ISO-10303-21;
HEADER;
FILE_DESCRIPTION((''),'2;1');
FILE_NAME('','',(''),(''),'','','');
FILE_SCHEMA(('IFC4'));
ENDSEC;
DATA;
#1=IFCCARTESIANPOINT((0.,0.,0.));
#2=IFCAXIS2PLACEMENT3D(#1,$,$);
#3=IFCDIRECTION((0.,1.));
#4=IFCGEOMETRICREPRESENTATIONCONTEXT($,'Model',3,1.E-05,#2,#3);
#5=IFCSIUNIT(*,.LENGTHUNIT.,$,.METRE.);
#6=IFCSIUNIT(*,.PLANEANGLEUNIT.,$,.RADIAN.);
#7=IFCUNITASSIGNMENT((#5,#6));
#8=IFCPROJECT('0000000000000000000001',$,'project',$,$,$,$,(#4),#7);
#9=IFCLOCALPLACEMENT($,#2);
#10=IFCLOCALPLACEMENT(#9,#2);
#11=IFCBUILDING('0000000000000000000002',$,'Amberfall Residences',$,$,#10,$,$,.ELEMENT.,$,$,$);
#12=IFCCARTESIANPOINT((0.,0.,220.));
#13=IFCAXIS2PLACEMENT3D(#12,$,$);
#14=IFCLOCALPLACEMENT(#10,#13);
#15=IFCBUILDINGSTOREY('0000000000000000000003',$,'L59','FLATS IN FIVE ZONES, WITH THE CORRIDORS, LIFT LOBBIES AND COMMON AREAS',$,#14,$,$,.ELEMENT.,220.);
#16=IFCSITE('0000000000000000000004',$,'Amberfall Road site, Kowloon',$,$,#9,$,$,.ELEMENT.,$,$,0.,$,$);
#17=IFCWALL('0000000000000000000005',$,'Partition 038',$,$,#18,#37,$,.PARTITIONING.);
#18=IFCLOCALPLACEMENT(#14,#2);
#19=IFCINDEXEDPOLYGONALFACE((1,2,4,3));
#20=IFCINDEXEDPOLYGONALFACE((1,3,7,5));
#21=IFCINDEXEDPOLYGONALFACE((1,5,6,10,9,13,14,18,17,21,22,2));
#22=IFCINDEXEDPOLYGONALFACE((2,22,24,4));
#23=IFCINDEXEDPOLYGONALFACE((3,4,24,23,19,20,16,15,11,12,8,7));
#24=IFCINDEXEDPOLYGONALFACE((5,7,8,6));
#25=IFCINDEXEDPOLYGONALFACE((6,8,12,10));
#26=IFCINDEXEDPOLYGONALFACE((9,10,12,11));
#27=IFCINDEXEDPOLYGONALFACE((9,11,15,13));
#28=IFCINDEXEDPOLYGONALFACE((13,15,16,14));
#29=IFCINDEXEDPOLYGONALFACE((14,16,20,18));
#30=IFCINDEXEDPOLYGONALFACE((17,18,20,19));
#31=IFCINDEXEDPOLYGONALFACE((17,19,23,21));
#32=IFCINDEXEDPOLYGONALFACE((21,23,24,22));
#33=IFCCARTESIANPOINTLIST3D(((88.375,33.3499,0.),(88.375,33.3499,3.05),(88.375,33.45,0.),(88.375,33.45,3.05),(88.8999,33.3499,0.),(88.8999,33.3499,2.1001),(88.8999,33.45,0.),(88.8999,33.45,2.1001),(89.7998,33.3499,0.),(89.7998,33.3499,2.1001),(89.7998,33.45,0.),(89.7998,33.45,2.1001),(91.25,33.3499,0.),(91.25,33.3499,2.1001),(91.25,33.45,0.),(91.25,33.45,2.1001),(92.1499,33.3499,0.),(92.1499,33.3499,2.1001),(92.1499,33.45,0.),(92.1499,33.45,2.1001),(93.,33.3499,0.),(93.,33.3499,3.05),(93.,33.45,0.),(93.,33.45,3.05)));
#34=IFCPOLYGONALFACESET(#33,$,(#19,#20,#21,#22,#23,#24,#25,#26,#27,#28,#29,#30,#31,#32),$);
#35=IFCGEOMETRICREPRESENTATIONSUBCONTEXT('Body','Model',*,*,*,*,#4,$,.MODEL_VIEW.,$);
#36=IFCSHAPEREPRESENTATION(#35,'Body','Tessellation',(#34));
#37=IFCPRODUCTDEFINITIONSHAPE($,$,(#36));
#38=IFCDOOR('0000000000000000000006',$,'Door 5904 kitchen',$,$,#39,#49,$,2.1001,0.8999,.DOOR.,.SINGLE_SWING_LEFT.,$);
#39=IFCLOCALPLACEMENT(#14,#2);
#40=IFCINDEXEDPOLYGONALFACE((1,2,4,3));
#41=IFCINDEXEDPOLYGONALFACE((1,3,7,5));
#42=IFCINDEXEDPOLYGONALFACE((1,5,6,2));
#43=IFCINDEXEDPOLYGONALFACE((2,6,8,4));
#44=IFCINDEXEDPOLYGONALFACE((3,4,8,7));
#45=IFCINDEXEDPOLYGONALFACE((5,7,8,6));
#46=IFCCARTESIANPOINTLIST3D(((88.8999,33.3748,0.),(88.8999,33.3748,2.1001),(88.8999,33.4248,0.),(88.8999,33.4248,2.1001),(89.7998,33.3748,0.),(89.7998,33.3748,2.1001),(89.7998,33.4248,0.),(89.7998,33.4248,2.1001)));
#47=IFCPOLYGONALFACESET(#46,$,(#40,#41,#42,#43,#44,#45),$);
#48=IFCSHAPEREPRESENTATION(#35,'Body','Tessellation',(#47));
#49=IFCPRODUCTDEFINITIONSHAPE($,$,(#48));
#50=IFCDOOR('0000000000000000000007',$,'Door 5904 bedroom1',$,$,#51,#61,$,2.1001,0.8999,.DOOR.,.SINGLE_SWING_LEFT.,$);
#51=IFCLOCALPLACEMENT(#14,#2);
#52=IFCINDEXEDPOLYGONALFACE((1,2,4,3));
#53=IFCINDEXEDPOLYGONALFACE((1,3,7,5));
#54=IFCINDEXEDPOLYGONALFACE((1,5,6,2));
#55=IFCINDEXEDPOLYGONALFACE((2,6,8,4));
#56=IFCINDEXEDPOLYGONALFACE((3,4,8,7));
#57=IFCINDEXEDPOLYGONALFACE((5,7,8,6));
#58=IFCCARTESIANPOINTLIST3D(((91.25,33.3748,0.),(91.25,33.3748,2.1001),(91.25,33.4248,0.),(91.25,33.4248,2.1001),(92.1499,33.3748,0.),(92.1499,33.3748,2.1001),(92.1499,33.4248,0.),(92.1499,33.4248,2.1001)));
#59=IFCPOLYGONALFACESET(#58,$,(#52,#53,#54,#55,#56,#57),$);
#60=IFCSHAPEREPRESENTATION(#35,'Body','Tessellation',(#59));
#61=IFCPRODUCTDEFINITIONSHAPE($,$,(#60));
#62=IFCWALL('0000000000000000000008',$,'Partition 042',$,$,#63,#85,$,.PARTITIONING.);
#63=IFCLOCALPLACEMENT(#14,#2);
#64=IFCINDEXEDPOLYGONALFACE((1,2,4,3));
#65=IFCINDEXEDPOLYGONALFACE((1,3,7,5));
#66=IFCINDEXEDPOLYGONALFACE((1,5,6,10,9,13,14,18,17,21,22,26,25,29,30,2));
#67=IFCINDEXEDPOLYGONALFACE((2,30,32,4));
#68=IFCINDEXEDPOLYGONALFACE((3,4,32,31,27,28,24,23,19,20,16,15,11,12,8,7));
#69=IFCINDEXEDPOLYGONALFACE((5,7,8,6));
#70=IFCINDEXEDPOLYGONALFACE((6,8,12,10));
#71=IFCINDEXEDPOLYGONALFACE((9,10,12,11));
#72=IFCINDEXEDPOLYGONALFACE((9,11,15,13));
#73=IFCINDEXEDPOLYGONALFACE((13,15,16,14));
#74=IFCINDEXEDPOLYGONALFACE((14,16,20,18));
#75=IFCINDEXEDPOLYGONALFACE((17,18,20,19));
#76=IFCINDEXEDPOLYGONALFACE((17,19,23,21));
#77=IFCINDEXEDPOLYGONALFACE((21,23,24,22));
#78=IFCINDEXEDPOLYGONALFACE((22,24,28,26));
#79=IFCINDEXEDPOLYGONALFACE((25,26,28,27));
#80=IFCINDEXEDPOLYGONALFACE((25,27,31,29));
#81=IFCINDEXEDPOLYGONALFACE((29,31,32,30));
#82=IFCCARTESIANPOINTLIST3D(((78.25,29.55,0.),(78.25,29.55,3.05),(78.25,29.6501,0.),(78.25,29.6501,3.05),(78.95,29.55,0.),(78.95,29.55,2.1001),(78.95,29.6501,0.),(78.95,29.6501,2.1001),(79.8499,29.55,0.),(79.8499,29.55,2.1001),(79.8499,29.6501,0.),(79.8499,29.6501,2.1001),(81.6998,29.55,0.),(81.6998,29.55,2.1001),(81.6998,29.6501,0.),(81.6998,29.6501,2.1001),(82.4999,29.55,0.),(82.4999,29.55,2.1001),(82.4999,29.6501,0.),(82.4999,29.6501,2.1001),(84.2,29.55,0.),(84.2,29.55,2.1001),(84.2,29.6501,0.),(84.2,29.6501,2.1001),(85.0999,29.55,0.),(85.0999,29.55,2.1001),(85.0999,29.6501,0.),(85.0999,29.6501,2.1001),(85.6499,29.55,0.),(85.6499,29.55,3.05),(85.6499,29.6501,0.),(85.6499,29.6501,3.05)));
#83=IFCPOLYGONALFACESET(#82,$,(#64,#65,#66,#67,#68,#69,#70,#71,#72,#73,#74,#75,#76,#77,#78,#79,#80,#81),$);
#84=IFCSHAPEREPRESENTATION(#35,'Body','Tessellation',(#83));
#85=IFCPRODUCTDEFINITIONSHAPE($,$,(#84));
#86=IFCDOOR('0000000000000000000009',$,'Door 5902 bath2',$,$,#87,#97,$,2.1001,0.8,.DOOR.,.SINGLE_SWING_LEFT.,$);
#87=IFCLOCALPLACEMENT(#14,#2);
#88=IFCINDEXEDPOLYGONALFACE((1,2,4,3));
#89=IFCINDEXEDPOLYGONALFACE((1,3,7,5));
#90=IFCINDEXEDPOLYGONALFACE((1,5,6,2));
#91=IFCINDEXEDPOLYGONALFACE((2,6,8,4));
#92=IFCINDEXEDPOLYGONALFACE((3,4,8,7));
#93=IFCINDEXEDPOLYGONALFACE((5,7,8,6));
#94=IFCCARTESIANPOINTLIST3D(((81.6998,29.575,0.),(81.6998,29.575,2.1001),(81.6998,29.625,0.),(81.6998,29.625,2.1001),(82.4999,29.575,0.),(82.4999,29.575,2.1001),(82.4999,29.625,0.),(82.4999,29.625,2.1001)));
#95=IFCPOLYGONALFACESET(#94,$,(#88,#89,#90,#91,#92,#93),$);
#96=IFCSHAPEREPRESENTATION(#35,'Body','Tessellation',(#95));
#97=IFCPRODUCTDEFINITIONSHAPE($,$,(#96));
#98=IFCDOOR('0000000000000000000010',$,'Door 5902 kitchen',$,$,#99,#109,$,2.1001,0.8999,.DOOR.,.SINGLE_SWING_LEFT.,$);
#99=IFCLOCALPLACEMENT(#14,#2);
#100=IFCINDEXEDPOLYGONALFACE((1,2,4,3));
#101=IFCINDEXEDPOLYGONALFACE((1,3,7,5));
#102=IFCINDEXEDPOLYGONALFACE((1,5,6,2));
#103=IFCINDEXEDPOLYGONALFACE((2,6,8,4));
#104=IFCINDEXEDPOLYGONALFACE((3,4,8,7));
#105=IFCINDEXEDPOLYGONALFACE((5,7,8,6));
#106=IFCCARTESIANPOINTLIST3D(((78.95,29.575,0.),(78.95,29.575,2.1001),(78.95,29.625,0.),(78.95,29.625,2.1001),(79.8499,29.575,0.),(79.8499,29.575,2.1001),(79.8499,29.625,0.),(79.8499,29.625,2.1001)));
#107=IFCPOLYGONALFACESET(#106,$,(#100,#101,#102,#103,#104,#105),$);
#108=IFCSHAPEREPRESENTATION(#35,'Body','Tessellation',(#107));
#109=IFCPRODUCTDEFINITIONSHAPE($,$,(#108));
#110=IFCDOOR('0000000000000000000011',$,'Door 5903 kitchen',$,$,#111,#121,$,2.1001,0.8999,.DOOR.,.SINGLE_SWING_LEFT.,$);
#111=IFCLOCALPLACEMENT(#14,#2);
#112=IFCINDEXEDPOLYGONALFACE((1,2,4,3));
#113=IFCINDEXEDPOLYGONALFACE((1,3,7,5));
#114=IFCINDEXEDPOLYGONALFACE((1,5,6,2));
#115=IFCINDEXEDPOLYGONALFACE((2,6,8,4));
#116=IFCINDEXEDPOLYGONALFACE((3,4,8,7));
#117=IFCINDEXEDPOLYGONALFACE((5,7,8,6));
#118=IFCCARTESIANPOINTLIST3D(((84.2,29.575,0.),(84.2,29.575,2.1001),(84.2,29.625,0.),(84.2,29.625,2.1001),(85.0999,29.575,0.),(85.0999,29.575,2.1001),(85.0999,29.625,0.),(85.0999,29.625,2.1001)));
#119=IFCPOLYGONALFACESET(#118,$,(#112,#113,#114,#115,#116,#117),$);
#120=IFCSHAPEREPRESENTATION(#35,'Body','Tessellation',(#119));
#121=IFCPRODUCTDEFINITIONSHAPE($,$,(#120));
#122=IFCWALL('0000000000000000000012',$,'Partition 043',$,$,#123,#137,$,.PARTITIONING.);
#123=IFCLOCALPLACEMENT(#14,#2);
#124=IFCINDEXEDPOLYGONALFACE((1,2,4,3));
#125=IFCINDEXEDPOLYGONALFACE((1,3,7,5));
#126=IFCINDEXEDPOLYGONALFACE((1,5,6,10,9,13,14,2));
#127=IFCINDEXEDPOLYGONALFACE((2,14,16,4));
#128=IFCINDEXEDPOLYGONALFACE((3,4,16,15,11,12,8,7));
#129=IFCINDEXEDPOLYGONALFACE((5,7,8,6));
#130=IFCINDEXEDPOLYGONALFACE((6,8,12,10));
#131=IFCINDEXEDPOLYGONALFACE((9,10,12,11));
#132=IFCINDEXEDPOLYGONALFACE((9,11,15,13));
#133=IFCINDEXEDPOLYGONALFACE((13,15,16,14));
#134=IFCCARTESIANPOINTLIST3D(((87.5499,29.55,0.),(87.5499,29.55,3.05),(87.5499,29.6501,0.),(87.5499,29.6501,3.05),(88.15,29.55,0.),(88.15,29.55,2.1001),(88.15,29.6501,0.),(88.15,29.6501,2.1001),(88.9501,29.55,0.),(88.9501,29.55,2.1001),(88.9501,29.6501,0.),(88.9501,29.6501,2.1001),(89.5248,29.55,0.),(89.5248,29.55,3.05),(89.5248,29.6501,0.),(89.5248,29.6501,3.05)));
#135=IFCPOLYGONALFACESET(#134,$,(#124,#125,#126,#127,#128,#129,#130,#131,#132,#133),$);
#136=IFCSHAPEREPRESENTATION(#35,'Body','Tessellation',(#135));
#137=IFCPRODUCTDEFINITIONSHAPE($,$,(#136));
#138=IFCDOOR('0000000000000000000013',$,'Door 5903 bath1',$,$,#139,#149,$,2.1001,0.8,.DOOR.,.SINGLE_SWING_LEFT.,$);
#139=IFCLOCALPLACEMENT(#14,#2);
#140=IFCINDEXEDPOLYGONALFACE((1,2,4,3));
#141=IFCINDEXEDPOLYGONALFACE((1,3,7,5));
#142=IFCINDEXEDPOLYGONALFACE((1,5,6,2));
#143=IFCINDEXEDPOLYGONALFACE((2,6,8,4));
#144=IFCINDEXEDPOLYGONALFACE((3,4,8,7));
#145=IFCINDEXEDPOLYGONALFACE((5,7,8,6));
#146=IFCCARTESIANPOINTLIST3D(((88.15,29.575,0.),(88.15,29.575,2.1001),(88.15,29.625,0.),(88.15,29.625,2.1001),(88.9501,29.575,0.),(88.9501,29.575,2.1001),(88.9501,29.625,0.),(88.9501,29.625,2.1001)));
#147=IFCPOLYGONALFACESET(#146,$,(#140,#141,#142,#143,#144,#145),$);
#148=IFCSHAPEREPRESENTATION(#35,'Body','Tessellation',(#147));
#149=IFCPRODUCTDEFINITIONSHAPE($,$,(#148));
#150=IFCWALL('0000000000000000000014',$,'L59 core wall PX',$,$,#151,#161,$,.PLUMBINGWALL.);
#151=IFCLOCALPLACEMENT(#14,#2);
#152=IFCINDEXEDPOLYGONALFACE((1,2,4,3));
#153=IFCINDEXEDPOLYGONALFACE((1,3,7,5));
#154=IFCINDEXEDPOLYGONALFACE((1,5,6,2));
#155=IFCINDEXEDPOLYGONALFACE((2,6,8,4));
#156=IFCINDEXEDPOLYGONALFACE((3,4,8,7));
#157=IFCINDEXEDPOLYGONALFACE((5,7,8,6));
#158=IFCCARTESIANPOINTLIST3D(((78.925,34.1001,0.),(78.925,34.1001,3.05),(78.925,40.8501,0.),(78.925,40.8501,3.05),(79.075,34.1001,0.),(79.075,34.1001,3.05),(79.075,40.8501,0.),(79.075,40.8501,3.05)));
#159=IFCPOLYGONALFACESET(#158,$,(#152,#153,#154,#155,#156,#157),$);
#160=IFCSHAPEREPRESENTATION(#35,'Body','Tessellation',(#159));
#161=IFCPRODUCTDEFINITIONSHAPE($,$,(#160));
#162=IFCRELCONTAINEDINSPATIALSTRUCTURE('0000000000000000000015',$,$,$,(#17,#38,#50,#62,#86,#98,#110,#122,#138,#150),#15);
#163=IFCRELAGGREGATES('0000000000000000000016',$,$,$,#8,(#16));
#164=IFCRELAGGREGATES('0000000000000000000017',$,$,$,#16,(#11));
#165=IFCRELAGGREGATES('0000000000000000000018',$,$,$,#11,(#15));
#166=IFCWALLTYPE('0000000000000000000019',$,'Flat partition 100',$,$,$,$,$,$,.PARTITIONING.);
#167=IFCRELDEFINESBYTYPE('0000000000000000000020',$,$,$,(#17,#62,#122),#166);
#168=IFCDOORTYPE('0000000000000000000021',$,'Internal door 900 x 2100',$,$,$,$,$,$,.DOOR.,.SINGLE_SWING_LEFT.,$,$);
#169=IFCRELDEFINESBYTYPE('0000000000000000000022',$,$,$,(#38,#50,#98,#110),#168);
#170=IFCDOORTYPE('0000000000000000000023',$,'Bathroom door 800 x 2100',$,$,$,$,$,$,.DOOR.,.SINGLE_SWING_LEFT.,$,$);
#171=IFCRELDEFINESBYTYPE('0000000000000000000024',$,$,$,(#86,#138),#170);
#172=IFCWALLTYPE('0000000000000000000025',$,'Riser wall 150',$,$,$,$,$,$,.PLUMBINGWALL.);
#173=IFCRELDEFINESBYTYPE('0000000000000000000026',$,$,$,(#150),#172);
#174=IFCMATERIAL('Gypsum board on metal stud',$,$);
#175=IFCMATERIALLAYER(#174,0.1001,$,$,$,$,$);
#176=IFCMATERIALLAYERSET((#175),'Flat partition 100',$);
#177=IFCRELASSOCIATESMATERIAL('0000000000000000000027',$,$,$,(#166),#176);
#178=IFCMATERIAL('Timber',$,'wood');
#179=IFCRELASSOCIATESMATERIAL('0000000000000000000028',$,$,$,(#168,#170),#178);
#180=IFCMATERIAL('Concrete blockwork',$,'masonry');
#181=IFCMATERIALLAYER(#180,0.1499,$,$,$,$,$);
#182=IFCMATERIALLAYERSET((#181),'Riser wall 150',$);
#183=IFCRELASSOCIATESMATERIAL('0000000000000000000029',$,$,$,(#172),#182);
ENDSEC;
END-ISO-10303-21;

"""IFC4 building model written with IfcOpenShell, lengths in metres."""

from ifc_helpers import new_model, si_unit, direction, frame, frame_2d, origin, place, context, subcontext, project, spatial, rectangle, extrude, material, layer, layer_set, type_object, element, fill, save


model = new_model("IFC4")

# Units and contexts
model_context = context("Model", 3, precision=1e-05, world=origin(), true_north=direction((0.0, 1.0)))
body_context = subcontext(model_context, "Body", "Model", "MODEL_VIEW")
ifc_project = project(units=[si_unit("LENGTHUNIT", "METRE"), si_unit("PLANEANGLEUNIT", "RADIAN")], contexts=[model_context])

# Site, building, storey
site_placement = place(None, origin())
site = spatial("IfcSite", under=ifc_project, at=site_placement, Name="Amberfall Road site, Kowloon", CompositionType="ELEMENT", RefElevation=0.0)
building_placement = place(site_placement, origin())
building = spatial("IfcBuilding", under=site, at=building_placement, Name="Amberfall Residences", CompositionType="ELEMENT")
storey_placement = place(building_placement, frame((0.0, 0.0, 220.0)))
storey = spatial("IfcBuildingStorey", under=building, at=storey_placement, Name="L59", Description="FLATS IN FIVE ZONES, WITH THE CORRIDORS, LIFT LOBBIES AND COMMON AREAS", CompositionType="ELEMENT", Elevation=220.0)

# Shared definitions
ifc_material_1 = material(Name="Gypsum board on metal stud")
ifc_layer_1 = layer(ifc_material_1, 0.1001)
ifc_layer_set_1 = layer_set([ifc_layer_1], Name="Flat partition 100")
wall_type_1 = type_object("IfcWallType", Name="Flat partition 100", PredefinedType="PARTITIONING", material=ifc_layer_set_1)
ifc_material_2 = material(Name="Timber", Category="wood")
door_type_1 = type_object("IfcDoorType", Name="Internal door 900 x 2100", OperationType="SINGLE_SWING_LEFT", PredefinedType="DOOR", material=ifc_material_2)

# Walls, openings, doors
wall_1_placement = place(storey_placement, frame((88.375, 33.3999, 0.0), z_axis=(0.0, 0.0, 1.0), x_axis=(1.0, 0.0, 0.0)))
wall_1 = element("IfcWall", 1, at=wall_1_placement, inside=storey, type_object=wall_type_1, Name="Partition 038", PredefinedType="PARTITIONING", context=body_context, shape_type="SweptSolid", body=[
    extrude(rectangle(XDim=4.625, YDim=0.1001, at=frame_2d((2.3125, 0.0))), origin(), (0.0, 0.0, 1.0), 3.05),
])
opening_1_placement = place(wall_1_placement, frame((0.5249, 0.0, 0.0)))
opening_1 = element("IfcOpeningElement", 2, at=opening_1_placement, cuts=wall_1, PredefinedType="OPENING", context=body_context, shape_type="SweptSolid", body=[
    extrude(rectangle(XDim=0.8999, YDim=2.1001, at=frame_2d((0.45, 1.05))), frame((0.0, 0.0601, 0.0), z_axis=(0.0, -1.0, 0.0), x_axis=(1.0, 0.0, 0.0)), (0.0, 0.0, 1.0), 0.1201),
])
opening_2_placement = place(wall_1_placement, frame((2.875, 0.0, 0.0)))
opening_2 = element("IfcOpeningElement", 3, at=opening_2_placement, cuts=wall_1, PredefinedType="OPENING", context=body_context, shape_type="SweptSolid", body=[
    extrude(rectangle(XDim=0.8999, YDim=2.1001, at=frame_2d((0.45, 1.05))), frame((0.0, 0.0601, 0.0), z_axis=(0.0, -1.0, 0.0), x_axis=(1.0, 0.0, 0.0)), (0.0, 0.0, 1.0), 0.1201),
])
door_1_placement = place(opening_1_placement, origin())
door_1 = element("IfcDoor", 4, at=door_1_placement, inside=storey, type_object=door_type_1, Name="Door 5904 kitchen", OperationType="SINGLE_SWING_LEFT", OverallHeight=2.1001, OverallWidth=0.8999, PredefinedType="DOOR", context=body_context, shape_type="SweptSolid", body=[
    extrude(rectangle(XDim=0.8999, YDim=2.1001, at=frame_2d((0.45, 1.05))), frame((0.0, 0.0249, 0.0), z_axis=(0.0, -1.0, 0.0), x_axis=(1.0, 0.0, 0.0)), (0.0, 0.0, 1.0), 0.05),
])
fill(opening_1, door_1)
door_2_placement = place(opening_2_placement, origin())
door_2 = element("IfcDoor", 5, at=door_2_placement, inside=storey, type_object=door_type_1, Name="Door 5904 bedroom1", OperationType="SINGLE_SWING_LEFT", OverallHeight=2.1001, OverallWidth=0.8999, PredefinedType="DOOR", context=body_context, shape_type="SweptSolid", body=[
    extrude(rectangle(XDim=0.8999, YDim=2.1001, at=frame_2d((0.45, 1.05))), frame((0.0, 0.0249, 0.0), z_axis=(0.0, -1.0, 0.0), x_axis=(1.0, 0.0, 0.0)), (0.0, 0.0, 1.0), 0.05),
])
fill(opening_2, door_2)
wall_2_placement = place(storey_placement, frame((78.25, 29.6001, 0.0), z_axis=(0.0, 0.0, 1.0), x_axis=(1.0, 0.0, 0.0)))
wall_2 = element("IfcWall", 6, at=wall_2_placement, inside=storey, type_object=wall_type_1, Name="Partition 042", PredefinedType="PARTITIONING", context=body_context, shape_type="SweptSolid", body=[
    extrude(rectangle(XDim=7.3999, YDim=0.1001, at=frame_2d((3.7, 0.0))), origin(), (0.0, 0.0, 1.0), 3.05),
])
opening_3_placement = place(wall_2_placement, frame((0.7, 0.0, 0.0)))
opening_3 = element("IfcOpeningElement", 7, at=opening_3_placement, cuts=wall_2, PredefinedType="OPENING", context=body_context, shape_type="SweptSolid", body=[
    extrude(rectangle(XDim=0.8999, YDim=2.1001, at=frame_2d((0.45, 1.05))), frame((0.0, 0.0601, 0.0), z_axis=(0.0, -1.0, 0.0), x_axis=(1.0, 0.0, 0.0)), (0.0, 0.0, 1.0), 0.1201),
])
opening_4_placement = place(wall_2_placement, frame((3.45, 0.0, 0.0)))
opening_4 = element("IfcOpeningElement", 8, at=opening_4_placement, cuts=wall_2, PredefinedType="OPENING", context=body_context, shape_type="SweptSolid", body=[
    extrude(rectangle(XDim=0.8, YDim=2.1001, at=frame_2d((0.3999, 1.05))), frame((0.0, 0.0601, 0.0), z_axis=(0.0, -1.0, 0.0), x_axis=(1.0, 0.0, 0.0)), (0.0, 0.0, 1.0), 0.1201),
])
opening_5_placement = place(wall_2_placement, frame((5.95, 0.0, 0.0)))
opening_5 = element("IfcOpeningElement", 9, at=opening_5_placement, cuts=wall_2, PredefinedType="OPENING", context=body_context, shape_type="SweptSolid", body=[
    extrude(rectangle(XDim=0.8999, YDim=2.1001, at=frame_2d((0.45, 1.05))), frame((0.0, 0.0601, 0.0), z_axis=(0.0, -1.0, 0.0), x_axis=(1.0, 0.0, 0.0)), (0.0, 0.0, 1.0), 0.1201),
])
door_type_2 = type_object("IfcDoorType", Name="Bathroom door 800 x 2100", OperationType="SINGLE_SWING_LEFT", PredefinedType="DOOR", material=ifc_material_2)
door_3_placement = place(opening_4_placement, origin())
door_3 = element("IfcDoor", 10, at=door_3_placement, inside=storey, type_object=door_type_2, Name="Door 5902 bath2", OperationType="SINGLE_SWING_LEFT", OverallHeight=2.1001, OverallWidth=0.8, PredefinedType="DOOR", context=body_context, shape_type="SweptSolid", body=[
    extrude(rectangle(XDim=0.8, YDim=2.1001, at=frame_2d((0.3999, 1.05))), frame((0.0, 0.0249, 0.0), z_axis=(0.0, -1.0, 0.0), x_axis=(1.0, 0.0, 0.0)), (0.0, 0.0, 1.0), 0.05),
])
fill(opening_4, door_3)
door_4_placement = place(opening_3_placement, origin())
door_4 = element("IfcDoor", 11, at=door_4_placement, inside=storey, type_object=door_type_1, Name="Door 5902 kitchen", OperationType="SINGLE_SWING_LEFT", OverallHeight=2.1001, OverallWidth=0.8999, PredefinedType="DOOR", context=body_context, shape_type="SweptSolid", body=[
    extrude(rectangle(XDim=0.8999, YDim=2.1001, at=frame_2d((0.45, 1.05))), frame((0.0, 0.0249, 0.0), z_axis=(0.0, -1.0, 0.0), x_axis=(1.0, 0.0, 0.0)), (0.0, 0.0, 1.0), 0.05),
])
fill(opening_3, door_4)
door_5_placement = place(opening_5_placement, origin())
door_5 = element("IfcDoor", 12, at=door_5_placement, inside=storey, type_object=door_type_1, Name="Door 5903 kitchen", OperationType="SINGLE_SWING_LEFT", OverallHeight=2.1001, OverallWidth=0.8999, PredefinedType="DOOR", context=body_context, shape_type="SweptSolid", body=[
    extrude(rectangle(XDim=0.8999, YDim=2.1001, at=frame_2d((0.45, 1.05))), frame((0.0, 0.0249, 0.0), z_axis=(0.0, -1.0, 0.0), x_axis=(1.0, 0.0, 0.0)), (0.0, 0.0, 1.0), 0.05),
])
fill(opening_5, door_5)

# Wall, opening, door
wall_3_placement = place(storey_placement, frame((87.55, 29.6001, 0.0), z_axis=(0.0, 0.0, 1.0), x_axis=(1.0, 0.0, 0.0)))
wall_3 = element("IfcWall", 13, at=wall_3_placement, inside=storey, type_object=wall_type_1, Name="Partition 043", PredefinedType="PARTITIONING", context=body_context, shape_type="SweptSolid", body=[
    extrude(rectangle(XDim=1.9749, YDim=0.1001, at=frame_2d((0.9873, 0.0))), origin(), (0.0, 0.0, 1.0), 3.05),
])
opening_6_placement = place(wall_3_placement, frame((0.6001, 0.0, 0.0)))
opening_6 = element("IfcOpeningElement", 14, at=opening_6_placement, cuts=wall_3, PredefinedType="OPENING", context=body_context, shape_type="SweptSolid", body=[
    extrude(rectangle(XDim=0.8, YDim=2.1001, at=frame_2d((0.3999, 1.05))), frame((0.0, 0.0601, 0.0), z_axis=(0.0, -1.0, 0.0), x_axis=(1.0, 0.0, 0.0)), (0.0, 0.0, 1.0), 0.1201),
])
door_6_placement = place(opening_6_placement, origin())
door_6 = element("IfcDoor", 15, at=door_6_placement, inside=storey, type_object=door_type_2, Name="Door 5903 bath1", OperationType="SINGLE_SWING_LEFT", OverallHeight=2.1001, OverallWidth=0.8, PredefinedType="DOOR", context=body_context, shape_type="SweptSolid", body=[
    extrude(rectangle(XDim=0.8, YDim=2.1001, at=frame_2d((0.3999, 1.05))), frame((0.0, 0.0249, 0.0), z_axis=(0.0, -1.0, 0.0), x_axis=(1.0, 0.0, 0.0)), (0.0, 0.0, 1.0), 0.05),
])
fill(opening_6, door_6)

# Wall
ifc_material_3 = material(Name="Concrete blockwork", Category="masonry")
ifc_layer_2 = layer(ifc_material_3, 0.1499)
ifc_layer_set_2 = layer_set([ifc_layer_2], Name="Riser wall 150")
wall_type_2 = type_object("IfcWallType", Name="Riser wall 150", PredefinedType="PLUMBINGWALL", material=ifc_layer_set_2)
wall_4_placement = place(storey_placement, frame((79.0, 34.1001, 0.0), z_axis=(0.0, 0.0, 1.0), x_axis=(0.0, 1.0, 0.0)))
element("IfcWall", 16, at=wall_4_placement, inside=storey, type_object=wall_type_2, Name="L59 core wall PX", PredefinedType="PLUMBINGWALL", context=body_context, shape_type="SweptSolid", body=[
    extrude(rectangle(XDim=6.75, YDim=0.1499, at=frame_2d((3.375, 0.0))), origin(), (0.0, 0.0, 1.0), 3.05),
])

save(model, "model.ifc")
